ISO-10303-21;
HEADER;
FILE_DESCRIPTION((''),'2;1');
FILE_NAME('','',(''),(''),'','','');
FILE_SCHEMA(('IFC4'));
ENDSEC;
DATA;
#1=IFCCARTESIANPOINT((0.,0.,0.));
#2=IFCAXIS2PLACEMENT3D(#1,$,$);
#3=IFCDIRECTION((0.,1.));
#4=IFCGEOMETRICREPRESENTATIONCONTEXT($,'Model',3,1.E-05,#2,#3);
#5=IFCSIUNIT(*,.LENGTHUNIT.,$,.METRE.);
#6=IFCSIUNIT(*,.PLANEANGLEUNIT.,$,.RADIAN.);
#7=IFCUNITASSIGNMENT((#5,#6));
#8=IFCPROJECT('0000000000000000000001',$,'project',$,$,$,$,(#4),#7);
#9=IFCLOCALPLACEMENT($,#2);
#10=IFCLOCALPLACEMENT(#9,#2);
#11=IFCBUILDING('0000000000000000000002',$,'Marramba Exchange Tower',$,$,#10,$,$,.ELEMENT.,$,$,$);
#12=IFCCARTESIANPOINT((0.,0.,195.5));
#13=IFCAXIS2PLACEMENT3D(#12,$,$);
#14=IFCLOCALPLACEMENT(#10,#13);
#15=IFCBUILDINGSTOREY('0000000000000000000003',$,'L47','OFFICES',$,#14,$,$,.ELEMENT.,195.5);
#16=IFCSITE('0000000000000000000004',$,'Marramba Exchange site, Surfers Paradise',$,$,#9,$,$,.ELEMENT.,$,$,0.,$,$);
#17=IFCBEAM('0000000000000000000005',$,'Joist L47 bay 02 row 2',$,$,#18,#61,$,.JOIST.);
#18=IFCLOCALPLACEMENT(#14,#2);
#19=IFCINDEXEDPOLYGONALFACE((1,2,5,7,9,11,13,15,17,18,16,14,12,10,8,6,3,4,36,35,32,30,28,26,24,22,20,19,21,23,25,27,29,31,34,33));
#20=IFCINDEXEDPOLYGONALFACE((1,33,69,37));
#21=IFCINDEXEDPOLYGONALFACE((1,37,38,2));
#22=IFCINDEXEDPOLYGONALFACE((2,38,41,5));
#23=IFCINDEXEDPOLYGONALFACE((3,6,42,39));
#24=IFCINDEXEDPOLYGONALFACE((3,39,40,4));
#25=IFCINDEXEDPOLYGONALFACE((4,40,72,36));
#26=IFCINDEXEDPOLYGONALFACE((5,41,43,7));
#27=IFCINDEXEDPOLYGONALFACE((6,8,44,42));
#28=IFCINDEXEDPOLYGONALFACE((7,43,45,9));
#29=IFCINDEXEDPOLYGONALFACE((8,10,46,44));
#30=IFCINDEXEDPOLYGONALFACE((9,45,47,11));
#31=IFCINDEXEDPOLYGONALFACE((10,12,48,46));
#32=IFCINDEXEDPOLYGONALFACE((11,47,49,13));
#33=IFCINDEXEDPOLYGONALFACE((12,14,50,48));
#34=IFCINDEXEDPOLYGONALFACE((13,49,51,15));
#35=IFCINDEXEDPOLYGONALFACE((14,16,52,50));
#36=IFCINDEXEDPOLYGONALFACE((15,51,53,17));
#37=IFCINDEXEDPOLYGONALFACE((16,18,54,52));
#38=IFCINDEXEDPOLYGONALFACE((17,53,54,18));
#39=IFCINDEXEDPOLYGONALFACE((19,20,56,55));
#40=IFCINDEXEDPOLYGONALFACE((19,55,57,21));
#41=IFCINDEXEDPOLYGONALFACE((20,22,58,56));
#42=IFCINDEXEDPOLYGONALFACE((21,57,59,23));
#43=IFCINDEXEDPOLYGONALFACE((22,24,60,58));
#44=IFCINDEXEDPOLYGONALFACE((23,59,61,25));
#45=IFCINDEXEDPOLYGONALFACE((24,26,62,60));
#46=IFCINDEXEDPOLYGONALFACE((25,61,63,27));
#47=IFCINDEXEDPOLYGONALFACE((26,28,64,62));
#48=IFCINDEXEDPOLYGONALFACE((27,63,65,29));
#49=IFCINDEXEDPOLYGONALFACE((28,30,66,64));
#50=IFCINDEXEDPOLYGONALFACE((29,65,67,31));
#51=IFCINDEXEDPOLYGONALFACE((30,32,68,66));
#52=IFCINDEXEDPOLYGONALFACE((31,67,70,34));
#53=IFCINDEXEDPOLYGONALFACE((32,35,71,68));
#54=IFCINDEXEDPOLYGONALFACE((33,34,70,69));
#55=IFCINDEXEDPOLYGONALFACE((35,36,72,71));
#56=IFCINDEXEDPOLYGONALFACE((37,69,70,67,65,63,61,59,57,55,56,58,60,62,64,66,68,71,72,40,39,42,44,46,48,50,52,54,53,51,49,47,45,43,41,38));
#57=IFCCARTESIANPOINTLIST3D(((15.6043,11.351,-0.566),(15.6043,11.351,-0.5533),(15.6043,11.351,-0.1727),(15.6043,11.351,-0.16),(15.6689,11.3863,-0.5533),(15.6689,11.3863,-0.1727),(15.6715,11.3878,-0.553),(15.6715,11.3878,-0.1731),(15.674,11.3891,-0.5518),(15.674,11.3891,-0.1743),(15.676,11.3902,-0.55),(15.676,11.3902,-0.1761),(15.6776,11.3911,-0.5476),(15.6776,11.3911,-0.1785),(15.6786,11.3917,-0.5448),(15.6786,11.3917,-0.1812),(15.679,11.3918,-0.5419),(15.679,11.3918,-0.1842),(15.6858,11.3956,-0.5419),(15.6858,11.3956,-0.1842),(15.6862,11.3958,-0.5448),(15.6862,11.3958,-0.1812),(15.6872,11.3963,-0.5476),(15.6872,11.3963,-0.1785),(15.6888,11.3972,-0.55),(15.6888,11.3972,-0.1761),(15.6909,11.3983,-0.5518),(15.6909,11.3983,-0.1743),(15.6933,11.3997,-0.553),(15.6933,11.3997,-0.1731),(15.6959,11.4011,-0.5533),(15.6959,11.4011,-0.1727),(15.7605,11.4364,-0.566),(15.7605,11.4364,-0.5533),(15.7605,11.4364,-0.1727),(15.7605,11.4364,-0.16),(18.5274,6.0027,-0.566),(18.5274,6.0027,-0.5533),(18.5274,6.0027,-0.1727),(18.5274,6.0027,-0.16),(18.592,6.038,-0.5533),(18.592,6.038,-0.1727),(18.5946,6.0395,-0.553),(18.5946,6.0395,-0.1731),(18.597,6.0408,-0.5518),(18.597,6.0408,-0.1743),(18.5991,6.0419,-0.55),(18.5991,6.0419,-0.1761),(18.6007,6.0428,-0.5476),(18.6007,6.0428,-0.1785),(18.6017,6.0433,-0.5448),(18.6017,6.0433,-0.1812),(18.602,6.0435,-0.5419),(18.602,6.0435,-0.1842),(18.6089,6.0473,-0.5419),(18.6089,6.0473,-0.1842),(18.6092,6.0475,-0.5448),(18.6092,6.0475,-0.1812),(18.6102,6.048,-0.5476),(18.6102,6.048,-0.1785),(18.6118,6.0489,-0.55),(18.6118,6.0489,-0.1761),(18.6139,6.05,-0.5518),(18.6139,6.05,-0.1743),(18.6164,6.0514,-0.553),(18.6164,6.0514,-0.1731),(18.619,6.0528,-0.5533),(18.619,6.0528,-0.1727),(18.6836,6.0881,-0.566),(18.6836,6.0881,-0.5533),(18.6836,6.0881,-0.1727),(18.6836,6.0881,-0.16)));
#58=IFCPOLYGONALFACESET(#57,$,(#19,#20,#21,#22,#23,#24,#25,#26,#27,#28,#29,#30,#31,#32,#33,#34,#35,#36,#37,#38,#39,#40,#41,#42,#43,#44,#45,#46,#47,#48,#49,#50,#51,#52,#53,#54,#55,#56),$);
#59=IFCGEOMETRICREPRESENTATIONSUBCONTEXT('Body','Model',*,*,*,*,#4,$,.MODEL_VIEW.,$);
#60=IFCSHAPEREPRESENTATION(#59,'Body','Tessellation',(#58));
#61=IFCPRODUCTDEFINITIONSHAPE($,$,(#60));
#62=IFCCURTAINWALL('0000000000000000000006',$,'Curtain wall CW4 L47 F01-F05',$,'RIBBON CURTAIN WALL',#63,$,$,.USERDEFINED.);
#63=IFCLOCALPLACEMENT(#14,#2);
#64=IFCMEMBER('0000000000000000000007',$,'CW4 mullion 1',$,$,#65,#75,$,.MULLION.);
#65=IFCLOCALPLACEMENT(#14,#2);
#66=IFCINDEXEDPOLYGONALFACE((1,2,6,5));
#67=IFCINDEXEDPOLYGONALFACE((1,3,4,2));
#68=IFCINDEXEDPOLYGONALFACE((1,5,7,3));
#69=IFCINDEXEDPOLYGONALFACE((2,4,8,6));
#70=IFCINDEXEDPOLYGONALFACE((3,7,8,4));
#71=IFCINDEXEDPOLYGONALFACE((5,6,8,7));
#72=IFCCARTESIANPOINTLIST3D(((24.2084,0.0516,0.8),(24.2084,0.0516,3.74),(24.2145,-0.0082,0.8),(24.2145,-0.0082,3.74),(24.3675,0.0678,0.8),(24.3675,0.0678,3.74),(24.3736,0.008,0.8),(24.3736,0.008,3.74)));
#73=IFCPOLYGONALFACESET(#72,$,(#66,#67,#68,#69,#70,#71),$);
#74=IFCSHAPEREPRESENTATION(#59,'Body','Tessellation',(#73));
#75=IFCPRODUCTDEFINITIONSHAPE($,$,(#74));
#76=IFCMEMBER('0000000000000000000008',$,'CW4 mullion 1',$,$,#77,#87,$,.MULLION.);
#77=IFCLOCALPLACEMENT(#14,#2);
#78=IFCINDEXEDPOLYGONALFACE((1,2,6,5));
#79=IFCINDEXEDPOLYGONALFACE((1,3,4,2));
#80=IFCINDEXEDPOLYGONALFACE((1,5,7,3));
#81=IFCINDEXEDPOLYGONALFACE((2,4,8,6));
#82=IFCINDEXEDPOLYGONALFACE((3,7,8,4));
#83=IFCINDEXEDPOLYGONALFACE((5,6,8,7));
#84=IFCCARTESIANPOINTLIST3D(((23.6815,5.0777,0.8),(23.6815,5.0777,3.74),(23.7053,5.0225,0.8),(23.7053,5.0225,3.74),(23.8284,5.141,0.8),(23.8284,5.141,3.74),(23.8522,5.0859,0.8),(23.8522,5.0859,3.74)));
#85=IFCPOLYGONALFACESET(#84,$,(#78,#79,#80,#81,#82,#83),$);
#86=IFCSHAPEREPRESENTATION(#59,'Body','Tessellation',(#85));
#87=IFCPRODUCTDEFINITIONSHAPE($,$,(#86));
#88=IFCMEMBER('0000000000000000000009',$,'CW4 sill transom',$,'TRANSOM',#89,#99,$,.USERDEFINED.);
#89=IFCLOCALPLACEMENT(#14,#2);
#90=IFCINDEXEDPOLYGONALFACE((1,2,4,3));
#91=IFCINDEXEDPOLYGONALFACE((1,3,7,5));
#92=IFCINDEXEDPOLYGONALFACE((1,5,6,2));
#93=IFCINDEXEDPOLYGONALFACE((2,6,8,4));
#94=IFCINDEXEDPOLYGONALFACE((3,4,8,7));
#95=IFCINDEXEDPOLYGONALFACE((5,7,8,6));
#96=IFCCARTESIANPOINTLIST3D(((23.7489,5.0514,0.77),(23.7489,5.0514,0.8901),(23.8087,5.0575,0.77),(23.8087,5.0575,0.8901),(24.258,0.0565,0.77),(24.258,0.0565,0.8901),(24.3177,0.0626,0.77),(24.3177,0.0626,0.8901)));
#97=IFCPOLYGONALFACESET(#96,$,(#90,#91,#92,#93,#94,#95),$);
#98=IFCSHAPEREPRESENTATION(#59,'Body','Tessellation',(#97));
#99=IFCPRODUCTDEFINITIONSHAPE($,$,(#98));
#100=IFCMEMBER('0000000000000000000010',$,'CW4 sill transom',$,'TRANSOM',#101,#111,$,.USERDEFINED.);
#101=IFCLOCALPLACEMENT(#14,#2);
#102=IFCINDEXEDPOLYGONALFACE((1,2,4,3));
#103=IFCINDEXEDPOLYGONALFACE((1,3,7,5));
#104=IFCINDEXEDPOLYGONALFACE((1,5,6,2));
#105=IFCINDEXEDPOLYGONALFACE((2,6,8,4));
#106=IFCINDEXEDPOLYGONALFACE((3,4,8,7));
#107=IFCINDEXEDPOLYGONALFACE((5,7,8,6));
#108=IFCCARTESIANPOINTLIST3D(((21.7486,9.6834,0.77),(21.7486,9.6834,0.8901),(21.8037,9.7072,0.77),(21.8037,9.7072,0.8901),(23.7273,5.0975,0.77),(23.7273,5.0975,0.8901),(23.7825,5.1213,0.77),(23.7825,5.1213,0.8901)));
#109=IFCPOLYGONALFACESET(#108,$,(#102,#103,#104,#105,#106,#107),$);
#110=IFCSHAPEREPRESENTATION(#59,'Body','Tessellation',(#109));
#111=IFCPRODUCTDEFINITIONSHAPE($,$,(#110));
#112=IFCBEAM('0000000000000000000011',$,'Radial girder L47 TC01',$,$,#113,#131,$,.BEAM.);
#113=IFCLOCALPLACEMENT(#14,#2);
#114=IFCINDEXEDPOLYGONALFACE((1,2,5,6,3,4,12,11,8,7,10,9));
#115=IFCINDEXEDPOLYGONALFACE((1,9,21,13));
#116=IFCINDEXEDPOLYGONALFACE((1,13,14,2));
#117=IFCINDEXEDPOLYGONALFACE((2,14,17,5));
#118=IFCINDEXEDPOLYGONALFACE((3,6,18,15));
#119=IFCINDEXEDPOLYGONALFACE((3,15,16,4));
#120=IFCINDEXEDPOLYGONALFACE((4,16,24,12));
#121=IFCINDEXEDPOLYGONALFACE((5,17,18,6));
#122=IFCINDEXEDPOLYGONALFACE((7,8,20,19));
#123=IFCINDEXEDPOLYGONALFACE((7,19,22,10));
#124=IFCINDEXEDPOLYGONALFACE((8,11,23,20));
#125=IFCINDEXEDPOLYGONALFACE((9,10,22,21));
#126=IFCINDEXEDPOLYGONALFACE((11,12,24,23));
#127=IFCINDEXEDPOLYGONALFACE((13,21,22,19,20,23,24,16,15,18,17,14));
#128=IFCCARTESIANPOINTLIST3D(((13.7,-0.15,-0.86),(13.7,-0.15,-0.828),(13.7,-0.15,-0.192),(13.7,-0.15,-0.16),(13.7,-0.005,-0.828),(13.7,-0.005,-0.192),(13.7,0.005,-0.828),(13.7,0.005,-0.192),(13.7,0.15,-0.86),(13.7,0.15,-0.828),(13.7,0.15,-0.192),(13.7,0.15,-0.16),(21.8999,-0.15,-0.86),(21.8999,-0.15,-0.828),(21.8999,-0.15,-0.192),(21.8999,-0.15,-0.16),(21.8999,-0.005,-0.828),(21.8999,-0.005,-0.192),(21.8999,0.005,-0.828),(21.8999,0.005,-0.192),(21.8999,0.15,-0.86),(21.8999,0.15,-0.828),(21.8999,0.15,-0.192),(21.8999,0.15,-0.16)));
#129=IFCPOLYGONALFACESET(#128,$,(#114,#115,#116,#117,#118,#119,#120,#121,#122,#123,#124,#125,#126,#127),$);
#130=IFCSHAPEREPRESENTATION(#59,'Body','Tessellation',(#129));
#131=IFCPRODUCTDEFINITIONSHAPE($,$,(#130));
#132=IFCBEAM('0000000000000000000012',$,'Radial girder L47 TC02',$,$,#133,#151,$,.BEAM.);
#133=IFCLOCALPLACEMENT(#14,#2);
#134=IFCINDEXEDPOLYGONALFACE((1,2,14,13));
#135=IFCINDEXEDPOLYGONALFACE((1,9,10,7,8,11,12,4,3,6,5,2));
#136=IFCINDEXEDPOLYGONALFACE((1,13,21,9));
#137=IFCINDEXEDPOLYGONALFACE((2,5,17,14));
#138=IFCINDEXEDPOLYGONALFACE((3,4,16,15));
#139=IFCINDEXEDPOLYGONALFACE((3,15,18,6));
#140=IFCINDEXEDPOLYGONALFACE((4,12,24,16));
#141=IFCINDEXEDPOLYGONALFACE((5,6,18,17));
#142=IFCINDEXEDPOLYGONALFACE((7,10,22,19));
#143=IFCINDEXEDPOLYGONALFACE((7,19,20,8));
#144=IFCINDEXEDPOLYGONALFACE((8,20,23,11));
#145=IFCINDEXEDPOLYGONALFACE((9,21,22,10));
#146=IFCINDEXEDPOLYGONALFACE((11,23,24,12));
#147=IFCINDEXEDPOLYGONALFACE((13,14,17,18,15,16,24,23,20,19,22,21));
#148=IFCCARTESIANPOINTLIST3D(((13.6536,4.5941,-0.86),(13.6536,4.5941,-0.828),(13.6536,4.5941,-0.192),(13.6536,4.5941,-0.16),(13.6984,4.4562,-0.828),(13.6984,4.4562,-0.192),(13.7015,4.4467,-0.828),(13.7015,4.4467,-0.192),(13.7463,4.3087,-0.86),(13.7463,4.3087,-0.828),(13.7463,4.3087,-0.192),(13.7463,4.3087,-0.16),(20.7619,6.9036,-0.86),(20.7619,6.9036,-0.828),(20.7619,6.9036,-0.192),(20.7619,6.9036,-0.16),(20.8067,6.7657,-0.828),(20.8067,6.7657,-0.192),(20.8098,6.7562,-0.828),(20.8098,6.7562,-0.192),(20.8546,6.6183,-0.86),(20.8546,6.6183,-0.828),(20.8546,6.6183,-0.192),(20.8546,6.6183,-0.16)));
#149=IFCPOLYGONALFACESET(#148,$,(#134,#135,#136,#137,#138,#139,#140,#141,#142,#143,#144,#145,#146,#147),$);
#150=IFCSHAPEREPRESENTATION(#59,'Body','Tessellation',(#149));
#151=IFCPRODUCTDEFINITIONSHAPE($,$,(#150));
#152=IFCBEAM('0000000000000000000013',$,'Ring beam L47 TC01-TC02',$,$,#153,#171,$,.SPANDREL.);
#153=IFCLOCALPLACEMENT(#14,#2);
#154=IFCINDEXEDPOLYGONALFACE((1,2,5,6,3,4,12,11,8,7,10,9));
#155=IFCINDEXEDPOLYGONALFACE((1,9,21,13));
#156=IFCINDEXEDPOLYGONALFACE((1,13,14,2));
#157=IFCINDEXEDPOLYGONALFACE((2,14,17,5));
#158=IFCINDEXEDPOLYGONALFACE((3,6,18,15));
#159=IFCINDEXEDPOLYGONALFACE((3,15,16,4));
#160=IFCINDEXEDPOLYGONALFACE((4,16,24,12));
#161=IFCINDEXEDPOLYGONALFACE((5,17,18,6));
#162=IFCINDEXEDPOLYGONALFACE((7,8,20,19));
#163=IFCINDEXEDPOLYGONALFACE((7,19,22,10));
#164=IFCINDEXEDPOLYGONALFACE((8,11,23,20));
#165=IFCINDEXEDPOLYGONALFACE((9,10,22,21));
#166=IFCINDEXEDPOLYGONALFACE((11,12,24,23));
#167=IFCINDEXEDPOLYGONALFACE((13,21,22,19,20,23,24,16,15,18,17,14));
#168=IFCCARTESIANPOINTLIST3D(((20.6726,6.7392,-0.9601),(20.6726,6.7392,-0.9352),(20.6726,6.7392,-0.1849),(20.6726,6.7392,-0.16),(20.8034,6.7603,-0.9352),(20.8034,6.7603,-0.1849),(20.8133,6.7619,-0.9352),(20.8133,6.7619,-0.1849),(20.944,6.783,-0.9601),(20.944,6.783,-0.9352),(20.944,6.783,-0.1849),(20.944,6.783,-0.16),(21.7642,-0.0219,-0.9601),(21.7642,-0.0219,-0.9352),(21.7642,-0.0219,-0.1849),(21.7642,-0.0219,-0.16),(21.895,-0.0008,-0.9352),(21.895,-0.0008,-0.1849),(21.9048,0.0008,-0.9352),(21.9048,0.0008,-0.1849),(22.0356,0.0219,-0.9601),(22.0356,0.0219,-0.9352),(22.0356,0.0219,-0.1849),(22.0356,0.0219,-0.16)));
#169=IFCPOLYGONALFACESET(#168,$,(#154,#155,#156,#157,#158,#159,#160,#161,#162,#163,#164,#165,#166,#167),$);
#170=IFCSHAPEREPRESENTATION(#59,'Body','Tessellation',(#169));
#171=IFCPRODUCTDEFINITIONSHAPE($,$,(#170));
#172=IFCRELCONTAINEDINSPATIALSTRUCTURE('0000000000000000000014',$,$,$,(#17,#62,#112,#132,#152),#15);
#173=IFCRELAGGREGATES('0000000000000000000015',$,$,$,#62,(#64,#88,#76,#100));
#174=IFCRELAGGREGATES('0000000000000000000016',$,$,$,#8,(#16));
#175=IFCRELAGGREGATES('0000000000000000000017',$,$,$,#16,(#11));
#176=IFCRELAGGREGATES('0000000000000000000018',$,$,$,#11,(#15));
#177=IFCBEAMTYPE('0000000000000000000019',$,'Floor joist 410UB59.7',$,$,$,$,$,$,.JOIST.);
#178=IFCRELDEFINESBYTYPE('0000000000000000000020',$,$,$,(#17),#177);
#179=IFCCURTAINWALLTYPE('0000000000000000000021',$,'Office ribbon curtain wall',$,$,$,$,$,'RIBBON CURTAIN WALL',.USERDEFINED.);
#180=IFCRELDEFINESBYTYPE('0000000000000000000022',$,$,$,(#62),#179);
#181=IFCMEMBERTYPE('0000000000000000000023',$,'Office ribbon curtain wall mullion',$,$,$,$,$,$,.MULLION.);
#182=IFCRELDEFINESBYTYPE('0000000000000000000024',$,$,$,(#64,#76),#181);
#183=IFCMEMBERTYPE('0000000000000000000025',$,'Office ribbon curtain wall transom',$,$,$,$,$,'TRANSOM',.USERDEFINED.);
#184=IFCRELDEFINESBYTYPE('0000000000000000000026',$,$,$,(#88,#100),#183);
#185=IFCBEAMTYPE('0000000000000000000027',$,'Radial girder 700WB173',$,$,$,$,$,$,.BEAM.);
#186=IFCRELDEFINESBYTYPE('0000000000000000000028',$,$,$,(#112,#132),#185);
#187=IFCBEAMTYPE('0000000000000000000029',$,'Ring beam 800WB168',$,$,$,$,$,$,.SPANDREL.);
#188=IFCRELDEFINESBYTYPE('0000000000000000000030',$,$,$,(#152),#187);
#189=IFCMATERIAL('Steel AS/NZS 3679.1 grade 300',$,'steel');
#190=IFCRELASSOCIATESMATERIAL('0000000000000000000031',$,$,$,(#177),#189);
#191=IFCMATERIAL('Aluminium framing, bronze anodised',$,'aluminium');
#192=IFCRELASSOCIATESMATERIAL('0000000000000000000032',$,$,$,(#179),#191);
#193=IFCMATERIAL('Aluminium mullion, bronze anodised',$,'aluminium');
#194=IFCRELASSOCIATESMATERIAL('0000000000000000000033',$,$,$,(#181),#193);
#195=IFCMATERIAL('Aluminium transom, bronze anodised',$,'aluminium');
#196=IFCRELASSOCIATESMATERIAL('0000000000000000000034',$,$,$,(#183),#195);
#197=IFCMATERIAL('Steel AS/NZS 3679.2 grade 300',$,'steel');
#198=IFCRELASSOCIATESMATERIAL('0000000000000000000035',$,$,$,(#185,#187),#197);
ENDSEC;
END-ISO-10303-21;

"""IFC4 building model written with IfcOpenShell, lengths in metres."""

from ifc_helpers import new_model, si_unit, direction, frame, origin, origin_2d, place, context, subcontext, project, spatial, rectangle, i_section, extrude, material, material_profile, profile_set, type_object, element, aggregate, save


model = new_model("IFC4")

# Units and contexts
model_context = context("Model", 3, precision=1e-05, world=origin(), true_north=direction((0.0, 1.0)))
body_context = subcontext(model_context, "Body", "Model", "MODEL_VIEW")
ifc_project = project(units=[si_unit("LENGTHUNIT", "METRE"), si_unit("PLANEANGLEUNIT", "RADIAN")], contexts=[model_context])

# Site, building, storey
site_placement = place(None, origin())
site = spatial("IfcSite", under=ifc_project, at=site_placement, Name="Marramba Exchange site, Surfers Paradise", CompositionType="ELEMENT", RefElevation=0.0)
building_placement = place(site_placement, origin())
building = spatial("IfcBuilding", under=site, at=building_placement, Name="Marramba Exchange Tower", CompositionType="ELEMENT")
storey_placement = place(building_placement, frame((0.0, 0.0, 195.5)))
storey = spatial("IfcBuildingStorey", under=building, at=storey_placement, Name="L47", Description="OFFICES", CompositionType="ELEMENT", Elevation=195.5)

# Beam
ifc_material_1 = material(Name="Steel AS/NZS 3679.2 grade 300", Category="steel")
ifc_material_2 = material(Name="Steel AS/NZS 3679.1 grade 300", Category="steel")
ifc_material_profile_1 = material_profile(ifc_material_2, i_section(OverallWidth=0.178, OverallDepth=0.406, WebThickness=0.0078, FlangeThickness=0.0127, FilletRadius=0.0115, at=origin_2d()), Name="410UB59.7")
ifc_profile_set_1 = profile_set([ifc_material_profile_1], Name="Steel AS/NZS 3679.1 grade 300")
beam_type_1 = type_object("IfcBeamType", Name="Floor joist 410UB59.7", PredefinedType="JOIST", material=ifc_profile_set_1)
beam_1_placement = place(storey_placement, frame((18.6055, 6.0454, -0.363), z_axis=(-0.479584, 0.877496, 0.0), x_axis=(-0.877496, -0.479584, 0.0)))
element("IfcBeam", 1, at=beam_1_placement, inside=storey, type_object=beam_type_1, Name="Joist L47 bay 02 row 2", PredefinedType="JOIST", context=body_context, shape_type="SweptSolid", body=[
    extrude(i_section(OverallWidth=0.178, OverallDepth=0.406, WebThickness=0.0078, FlangeThickness=0.0127, FilletRadius=0.0115, at=origin_2d()), origin(), (0.0, 0.0, 1.0), 6.095),
])

# Curtain wall, members
ifc_material_3 = material(Name="Aluminium framing, bronze anodised", Category="aluminium")
curtain_wall_type = type_object("IfcCurtainWallType", Name="Office ribbon curtain wall", ElementType="RIBBON CURTAIN WALL", PredefinedType="USERDEFINED", material=ifc_material_3)
curtain_wall_placement = place(storey_placement, origin())
curtain_wall = element("IfcCurtainWall", 2, at=curtain_wall_placement, inside=storey, type_object=curtain_wall_type, Name="Curtain wall CW4 L47 F01-F05", ObjectType="RIBBON CURTAIN WALL", PredefinedType="USERDEFINED")
ifc_material_4 = material(Name="Aluminium mullion, bronze anodised", Category="aluminium")
ifc_material_profile_2 = material_profile(ifc_material_4, rectangle(XDim=0.1599, YDim=0.0601, at=origin_2d()), Name="CW4 mullion 60x160")
ifc_profile_set_2 = profile_set([ifc_material_profile_2], Name="Aluminium mullion, bronze anodised")
member_type_1 = type_object("IfcMemberType", Name="Office ribbon curtain wall mullion", PredefinedType="MULLION", material=ifc_profile_set_2)
member_1_placement = place(storey_placement, frame((24.291, 0.0298, 0.8), z_axis=(0.0, 0.0, 1.0), x_axis=(-0.994843, -0.101422, 0.0)))
member_1 = element("IfcMember", 3, at=member_1_placement, type_object=member_type_1, Name="CW4 mullion 1", PredefinedType="MULLION", context=body_context, shape_type="SweptSolid", body=[
    extrude(rectangle(XDim=0.1599, YDim=0.0601, at=origin_2d()), origin(), (0.0, 0.0, 1.0), 2.9399),
])
member_2_placement = place(storey_placement, frame((23.7668, 5.0818, 0.8), z_axis=(0.0, 0.0, 1.0), x_axis=(-0.918167, -0.396193, 0.0)))
member_2 = element("IfcMember", 4, at=member_2_placement, type_object=member_type_1, Name="CW4 mullion 1", PredefinedType="MULLION", context=body_context, shape_type="SweptSolid", body=[
    extrude(rectangle(XDim=0.1599, YDim=0.0601, at=origin_2d()), origin(), (0.0, 0.0, 1.0), 2.9399),
])
ifc_material_5 = material(Name="Aluminium transom, bronze anodised", Category="aluminium")
ifc_material_profile_3 = material_profile(ifc_material_5, rectangle(XDim=0.0601, YDim=0.1201, at=origin_2d()), Name="CW4 transom 60x120")
ifc_profile_set_3 = profile_set([ifc_material_profile_3], Name="Aluminium transom, bronze anodised")
member_type_2 = type_object("IfcMemberType", Name="Office ribbon curtain wall transom", ElementType="TRANSOM", PredefinedType="USERDEFINED", material=ifc_profile_set_3)
member_3_placement = place(storey_placement, frame((24.2878, 0.0596, 0.8301), z_axis=(-0.101386, 0.994847, 0.0), x_axis=(-0.994847, -0.101386, 0.0)))
member_3 = element("IfcMember", 5, at=member_3_placement, type_object=member_type_2, Name="CW4 sill transom", ObjectType="TRANSOM", PredefinedType="USERDEFINED", context=body_context, shape_type="SweptSolid", body=[
    extrude(rectangle(XDim=0.0601, YDim=0.1201, at=origin_2d()), origin(), (0.0, 0.0, 1.0), 5.0208),
])
member_4_placement = place(storey_placement, frame((23.7549, 5.1094, 0.8301), z_axis=(-0.396178, 0.918174, 0.0), x_axis=(-0.918174, -0.396178, 0.0)))
member_4 = element("IfcMember", 6, at=member_4_placement, type_object=member_type_2, Name="CW4 sill transom", ObjectType="TRANSOM", PredefinedType="USERDEFINED", context=body_context, shape_type="SweptSolid", body=[
    extrude(rectangle(XDim=0.0601, YDim=0.1201, at=origin_2d()), origin(), (0.0, 0.0, 1.0), 4.9946),
])

# Beams
ifc_material_profile_4 = material_profile(ifc_material_1, i_section(OverallWidth=0.3, OverallDepth=0.7, WebThickness=0.01, FlangeThickness=0.032, at=origin_2d()), Name="700WB173")
ifc_profile_set_4 = profile_set([ifc_material_profile_4], Name="Steel AS/NZS 3679.2 grade 300")
beam_type_2 = type_object("IfcBeamType", Name="Radial girder 700WB173", PredefinedType="BEAM", material=ifc_profile_set_4)
beam_2_placement = place(storey_placement, frame((13.7, 0.0, -0.51), z_axis=(1.0, 0.0, 0.0), x_axis=(0.0, 1.0, 0.0)))
element("IfcBeam", 7, at=beam_2_placement, inside=storey, type_object=beam_type_2, Name="Radial girder L47 TC01", PredefinedType="BEAM", context=body_context, shape_type="SweptSolid", body=[
    extrude(i_section(OverallWidth=0.3, OverallDepth=0.7, WebThickness=0.01, FlangeThickness=0.032, at=origin_2d()), origin(), (0.0, 0.0, 1.0), 8.2),
])
beam_3_placement = place(storey_placement, frame((13.7, 4.4514, -0.51), z_axis=(0.95106, 0.309006, 0.0), x_axis=(-0.309006, 0.95106, 0.0)))
element("IfcBeam", 8, at=beam_3_placement, inside=storey, type_object=beam_type_2, Name="Radial girder L47 TC02", PredefinedType="BEAM", context=body_context, shape_type="SweptSolid", body=[
    extrude(i_section(OverallWidth=0.3, OverallDepth=0.7, WebThickness=0.01, FlangeThickness=0.032, at=origin_2d()), origin(), (0.0, 0.0, 1.0), 7.4741),
])
ifc_material_profile_5 = material_profile(ifc_material_1, i_section(OverallWidth=0.2749, OverallDepth=0.8, WebThickness=0.01, FlangeThickness=0.0249, at=origin_2d()), Name="800WB168")
ifc_profile_set_5 = profile_set([ifc_material_profile_5], Name="Steel AS/NZS 3679.2 grade 300")
beam_type_3 = type_object("IfcBeamType", Name="Ring beam 800WB168", PredefinedType="SPANDREL", material=ifc_profile_set_5)
beam_4_placement = place(storey_placement, frame((21.8999, 0.0, -0.5601), z_axis=(-0.159385, 0.987217, 0.0), x_axis=(-0.987217, -0.159385, 0.0)))
element("IfcBeam", 9, at=beam_4_placement, inside=storey, type_object=beam_type_3, Name="Ring beam L47 TC01-TC02", PredefinedType="SPANDREL", context=body_context, shape_type="SweptSolid", body=[
    extrude(i_section(OverallWidth=0.2749, OverallDepth=0.8, WebThickness=0.01, FlangeThickness=0.0249, at=origin_2d()), origin(), (0.0, 0.0, 1.0), 6.8486),
])

aggregate(curtain_wall, [member_1, member_3, member_2, member_4])

save(model, "model.ifc")
